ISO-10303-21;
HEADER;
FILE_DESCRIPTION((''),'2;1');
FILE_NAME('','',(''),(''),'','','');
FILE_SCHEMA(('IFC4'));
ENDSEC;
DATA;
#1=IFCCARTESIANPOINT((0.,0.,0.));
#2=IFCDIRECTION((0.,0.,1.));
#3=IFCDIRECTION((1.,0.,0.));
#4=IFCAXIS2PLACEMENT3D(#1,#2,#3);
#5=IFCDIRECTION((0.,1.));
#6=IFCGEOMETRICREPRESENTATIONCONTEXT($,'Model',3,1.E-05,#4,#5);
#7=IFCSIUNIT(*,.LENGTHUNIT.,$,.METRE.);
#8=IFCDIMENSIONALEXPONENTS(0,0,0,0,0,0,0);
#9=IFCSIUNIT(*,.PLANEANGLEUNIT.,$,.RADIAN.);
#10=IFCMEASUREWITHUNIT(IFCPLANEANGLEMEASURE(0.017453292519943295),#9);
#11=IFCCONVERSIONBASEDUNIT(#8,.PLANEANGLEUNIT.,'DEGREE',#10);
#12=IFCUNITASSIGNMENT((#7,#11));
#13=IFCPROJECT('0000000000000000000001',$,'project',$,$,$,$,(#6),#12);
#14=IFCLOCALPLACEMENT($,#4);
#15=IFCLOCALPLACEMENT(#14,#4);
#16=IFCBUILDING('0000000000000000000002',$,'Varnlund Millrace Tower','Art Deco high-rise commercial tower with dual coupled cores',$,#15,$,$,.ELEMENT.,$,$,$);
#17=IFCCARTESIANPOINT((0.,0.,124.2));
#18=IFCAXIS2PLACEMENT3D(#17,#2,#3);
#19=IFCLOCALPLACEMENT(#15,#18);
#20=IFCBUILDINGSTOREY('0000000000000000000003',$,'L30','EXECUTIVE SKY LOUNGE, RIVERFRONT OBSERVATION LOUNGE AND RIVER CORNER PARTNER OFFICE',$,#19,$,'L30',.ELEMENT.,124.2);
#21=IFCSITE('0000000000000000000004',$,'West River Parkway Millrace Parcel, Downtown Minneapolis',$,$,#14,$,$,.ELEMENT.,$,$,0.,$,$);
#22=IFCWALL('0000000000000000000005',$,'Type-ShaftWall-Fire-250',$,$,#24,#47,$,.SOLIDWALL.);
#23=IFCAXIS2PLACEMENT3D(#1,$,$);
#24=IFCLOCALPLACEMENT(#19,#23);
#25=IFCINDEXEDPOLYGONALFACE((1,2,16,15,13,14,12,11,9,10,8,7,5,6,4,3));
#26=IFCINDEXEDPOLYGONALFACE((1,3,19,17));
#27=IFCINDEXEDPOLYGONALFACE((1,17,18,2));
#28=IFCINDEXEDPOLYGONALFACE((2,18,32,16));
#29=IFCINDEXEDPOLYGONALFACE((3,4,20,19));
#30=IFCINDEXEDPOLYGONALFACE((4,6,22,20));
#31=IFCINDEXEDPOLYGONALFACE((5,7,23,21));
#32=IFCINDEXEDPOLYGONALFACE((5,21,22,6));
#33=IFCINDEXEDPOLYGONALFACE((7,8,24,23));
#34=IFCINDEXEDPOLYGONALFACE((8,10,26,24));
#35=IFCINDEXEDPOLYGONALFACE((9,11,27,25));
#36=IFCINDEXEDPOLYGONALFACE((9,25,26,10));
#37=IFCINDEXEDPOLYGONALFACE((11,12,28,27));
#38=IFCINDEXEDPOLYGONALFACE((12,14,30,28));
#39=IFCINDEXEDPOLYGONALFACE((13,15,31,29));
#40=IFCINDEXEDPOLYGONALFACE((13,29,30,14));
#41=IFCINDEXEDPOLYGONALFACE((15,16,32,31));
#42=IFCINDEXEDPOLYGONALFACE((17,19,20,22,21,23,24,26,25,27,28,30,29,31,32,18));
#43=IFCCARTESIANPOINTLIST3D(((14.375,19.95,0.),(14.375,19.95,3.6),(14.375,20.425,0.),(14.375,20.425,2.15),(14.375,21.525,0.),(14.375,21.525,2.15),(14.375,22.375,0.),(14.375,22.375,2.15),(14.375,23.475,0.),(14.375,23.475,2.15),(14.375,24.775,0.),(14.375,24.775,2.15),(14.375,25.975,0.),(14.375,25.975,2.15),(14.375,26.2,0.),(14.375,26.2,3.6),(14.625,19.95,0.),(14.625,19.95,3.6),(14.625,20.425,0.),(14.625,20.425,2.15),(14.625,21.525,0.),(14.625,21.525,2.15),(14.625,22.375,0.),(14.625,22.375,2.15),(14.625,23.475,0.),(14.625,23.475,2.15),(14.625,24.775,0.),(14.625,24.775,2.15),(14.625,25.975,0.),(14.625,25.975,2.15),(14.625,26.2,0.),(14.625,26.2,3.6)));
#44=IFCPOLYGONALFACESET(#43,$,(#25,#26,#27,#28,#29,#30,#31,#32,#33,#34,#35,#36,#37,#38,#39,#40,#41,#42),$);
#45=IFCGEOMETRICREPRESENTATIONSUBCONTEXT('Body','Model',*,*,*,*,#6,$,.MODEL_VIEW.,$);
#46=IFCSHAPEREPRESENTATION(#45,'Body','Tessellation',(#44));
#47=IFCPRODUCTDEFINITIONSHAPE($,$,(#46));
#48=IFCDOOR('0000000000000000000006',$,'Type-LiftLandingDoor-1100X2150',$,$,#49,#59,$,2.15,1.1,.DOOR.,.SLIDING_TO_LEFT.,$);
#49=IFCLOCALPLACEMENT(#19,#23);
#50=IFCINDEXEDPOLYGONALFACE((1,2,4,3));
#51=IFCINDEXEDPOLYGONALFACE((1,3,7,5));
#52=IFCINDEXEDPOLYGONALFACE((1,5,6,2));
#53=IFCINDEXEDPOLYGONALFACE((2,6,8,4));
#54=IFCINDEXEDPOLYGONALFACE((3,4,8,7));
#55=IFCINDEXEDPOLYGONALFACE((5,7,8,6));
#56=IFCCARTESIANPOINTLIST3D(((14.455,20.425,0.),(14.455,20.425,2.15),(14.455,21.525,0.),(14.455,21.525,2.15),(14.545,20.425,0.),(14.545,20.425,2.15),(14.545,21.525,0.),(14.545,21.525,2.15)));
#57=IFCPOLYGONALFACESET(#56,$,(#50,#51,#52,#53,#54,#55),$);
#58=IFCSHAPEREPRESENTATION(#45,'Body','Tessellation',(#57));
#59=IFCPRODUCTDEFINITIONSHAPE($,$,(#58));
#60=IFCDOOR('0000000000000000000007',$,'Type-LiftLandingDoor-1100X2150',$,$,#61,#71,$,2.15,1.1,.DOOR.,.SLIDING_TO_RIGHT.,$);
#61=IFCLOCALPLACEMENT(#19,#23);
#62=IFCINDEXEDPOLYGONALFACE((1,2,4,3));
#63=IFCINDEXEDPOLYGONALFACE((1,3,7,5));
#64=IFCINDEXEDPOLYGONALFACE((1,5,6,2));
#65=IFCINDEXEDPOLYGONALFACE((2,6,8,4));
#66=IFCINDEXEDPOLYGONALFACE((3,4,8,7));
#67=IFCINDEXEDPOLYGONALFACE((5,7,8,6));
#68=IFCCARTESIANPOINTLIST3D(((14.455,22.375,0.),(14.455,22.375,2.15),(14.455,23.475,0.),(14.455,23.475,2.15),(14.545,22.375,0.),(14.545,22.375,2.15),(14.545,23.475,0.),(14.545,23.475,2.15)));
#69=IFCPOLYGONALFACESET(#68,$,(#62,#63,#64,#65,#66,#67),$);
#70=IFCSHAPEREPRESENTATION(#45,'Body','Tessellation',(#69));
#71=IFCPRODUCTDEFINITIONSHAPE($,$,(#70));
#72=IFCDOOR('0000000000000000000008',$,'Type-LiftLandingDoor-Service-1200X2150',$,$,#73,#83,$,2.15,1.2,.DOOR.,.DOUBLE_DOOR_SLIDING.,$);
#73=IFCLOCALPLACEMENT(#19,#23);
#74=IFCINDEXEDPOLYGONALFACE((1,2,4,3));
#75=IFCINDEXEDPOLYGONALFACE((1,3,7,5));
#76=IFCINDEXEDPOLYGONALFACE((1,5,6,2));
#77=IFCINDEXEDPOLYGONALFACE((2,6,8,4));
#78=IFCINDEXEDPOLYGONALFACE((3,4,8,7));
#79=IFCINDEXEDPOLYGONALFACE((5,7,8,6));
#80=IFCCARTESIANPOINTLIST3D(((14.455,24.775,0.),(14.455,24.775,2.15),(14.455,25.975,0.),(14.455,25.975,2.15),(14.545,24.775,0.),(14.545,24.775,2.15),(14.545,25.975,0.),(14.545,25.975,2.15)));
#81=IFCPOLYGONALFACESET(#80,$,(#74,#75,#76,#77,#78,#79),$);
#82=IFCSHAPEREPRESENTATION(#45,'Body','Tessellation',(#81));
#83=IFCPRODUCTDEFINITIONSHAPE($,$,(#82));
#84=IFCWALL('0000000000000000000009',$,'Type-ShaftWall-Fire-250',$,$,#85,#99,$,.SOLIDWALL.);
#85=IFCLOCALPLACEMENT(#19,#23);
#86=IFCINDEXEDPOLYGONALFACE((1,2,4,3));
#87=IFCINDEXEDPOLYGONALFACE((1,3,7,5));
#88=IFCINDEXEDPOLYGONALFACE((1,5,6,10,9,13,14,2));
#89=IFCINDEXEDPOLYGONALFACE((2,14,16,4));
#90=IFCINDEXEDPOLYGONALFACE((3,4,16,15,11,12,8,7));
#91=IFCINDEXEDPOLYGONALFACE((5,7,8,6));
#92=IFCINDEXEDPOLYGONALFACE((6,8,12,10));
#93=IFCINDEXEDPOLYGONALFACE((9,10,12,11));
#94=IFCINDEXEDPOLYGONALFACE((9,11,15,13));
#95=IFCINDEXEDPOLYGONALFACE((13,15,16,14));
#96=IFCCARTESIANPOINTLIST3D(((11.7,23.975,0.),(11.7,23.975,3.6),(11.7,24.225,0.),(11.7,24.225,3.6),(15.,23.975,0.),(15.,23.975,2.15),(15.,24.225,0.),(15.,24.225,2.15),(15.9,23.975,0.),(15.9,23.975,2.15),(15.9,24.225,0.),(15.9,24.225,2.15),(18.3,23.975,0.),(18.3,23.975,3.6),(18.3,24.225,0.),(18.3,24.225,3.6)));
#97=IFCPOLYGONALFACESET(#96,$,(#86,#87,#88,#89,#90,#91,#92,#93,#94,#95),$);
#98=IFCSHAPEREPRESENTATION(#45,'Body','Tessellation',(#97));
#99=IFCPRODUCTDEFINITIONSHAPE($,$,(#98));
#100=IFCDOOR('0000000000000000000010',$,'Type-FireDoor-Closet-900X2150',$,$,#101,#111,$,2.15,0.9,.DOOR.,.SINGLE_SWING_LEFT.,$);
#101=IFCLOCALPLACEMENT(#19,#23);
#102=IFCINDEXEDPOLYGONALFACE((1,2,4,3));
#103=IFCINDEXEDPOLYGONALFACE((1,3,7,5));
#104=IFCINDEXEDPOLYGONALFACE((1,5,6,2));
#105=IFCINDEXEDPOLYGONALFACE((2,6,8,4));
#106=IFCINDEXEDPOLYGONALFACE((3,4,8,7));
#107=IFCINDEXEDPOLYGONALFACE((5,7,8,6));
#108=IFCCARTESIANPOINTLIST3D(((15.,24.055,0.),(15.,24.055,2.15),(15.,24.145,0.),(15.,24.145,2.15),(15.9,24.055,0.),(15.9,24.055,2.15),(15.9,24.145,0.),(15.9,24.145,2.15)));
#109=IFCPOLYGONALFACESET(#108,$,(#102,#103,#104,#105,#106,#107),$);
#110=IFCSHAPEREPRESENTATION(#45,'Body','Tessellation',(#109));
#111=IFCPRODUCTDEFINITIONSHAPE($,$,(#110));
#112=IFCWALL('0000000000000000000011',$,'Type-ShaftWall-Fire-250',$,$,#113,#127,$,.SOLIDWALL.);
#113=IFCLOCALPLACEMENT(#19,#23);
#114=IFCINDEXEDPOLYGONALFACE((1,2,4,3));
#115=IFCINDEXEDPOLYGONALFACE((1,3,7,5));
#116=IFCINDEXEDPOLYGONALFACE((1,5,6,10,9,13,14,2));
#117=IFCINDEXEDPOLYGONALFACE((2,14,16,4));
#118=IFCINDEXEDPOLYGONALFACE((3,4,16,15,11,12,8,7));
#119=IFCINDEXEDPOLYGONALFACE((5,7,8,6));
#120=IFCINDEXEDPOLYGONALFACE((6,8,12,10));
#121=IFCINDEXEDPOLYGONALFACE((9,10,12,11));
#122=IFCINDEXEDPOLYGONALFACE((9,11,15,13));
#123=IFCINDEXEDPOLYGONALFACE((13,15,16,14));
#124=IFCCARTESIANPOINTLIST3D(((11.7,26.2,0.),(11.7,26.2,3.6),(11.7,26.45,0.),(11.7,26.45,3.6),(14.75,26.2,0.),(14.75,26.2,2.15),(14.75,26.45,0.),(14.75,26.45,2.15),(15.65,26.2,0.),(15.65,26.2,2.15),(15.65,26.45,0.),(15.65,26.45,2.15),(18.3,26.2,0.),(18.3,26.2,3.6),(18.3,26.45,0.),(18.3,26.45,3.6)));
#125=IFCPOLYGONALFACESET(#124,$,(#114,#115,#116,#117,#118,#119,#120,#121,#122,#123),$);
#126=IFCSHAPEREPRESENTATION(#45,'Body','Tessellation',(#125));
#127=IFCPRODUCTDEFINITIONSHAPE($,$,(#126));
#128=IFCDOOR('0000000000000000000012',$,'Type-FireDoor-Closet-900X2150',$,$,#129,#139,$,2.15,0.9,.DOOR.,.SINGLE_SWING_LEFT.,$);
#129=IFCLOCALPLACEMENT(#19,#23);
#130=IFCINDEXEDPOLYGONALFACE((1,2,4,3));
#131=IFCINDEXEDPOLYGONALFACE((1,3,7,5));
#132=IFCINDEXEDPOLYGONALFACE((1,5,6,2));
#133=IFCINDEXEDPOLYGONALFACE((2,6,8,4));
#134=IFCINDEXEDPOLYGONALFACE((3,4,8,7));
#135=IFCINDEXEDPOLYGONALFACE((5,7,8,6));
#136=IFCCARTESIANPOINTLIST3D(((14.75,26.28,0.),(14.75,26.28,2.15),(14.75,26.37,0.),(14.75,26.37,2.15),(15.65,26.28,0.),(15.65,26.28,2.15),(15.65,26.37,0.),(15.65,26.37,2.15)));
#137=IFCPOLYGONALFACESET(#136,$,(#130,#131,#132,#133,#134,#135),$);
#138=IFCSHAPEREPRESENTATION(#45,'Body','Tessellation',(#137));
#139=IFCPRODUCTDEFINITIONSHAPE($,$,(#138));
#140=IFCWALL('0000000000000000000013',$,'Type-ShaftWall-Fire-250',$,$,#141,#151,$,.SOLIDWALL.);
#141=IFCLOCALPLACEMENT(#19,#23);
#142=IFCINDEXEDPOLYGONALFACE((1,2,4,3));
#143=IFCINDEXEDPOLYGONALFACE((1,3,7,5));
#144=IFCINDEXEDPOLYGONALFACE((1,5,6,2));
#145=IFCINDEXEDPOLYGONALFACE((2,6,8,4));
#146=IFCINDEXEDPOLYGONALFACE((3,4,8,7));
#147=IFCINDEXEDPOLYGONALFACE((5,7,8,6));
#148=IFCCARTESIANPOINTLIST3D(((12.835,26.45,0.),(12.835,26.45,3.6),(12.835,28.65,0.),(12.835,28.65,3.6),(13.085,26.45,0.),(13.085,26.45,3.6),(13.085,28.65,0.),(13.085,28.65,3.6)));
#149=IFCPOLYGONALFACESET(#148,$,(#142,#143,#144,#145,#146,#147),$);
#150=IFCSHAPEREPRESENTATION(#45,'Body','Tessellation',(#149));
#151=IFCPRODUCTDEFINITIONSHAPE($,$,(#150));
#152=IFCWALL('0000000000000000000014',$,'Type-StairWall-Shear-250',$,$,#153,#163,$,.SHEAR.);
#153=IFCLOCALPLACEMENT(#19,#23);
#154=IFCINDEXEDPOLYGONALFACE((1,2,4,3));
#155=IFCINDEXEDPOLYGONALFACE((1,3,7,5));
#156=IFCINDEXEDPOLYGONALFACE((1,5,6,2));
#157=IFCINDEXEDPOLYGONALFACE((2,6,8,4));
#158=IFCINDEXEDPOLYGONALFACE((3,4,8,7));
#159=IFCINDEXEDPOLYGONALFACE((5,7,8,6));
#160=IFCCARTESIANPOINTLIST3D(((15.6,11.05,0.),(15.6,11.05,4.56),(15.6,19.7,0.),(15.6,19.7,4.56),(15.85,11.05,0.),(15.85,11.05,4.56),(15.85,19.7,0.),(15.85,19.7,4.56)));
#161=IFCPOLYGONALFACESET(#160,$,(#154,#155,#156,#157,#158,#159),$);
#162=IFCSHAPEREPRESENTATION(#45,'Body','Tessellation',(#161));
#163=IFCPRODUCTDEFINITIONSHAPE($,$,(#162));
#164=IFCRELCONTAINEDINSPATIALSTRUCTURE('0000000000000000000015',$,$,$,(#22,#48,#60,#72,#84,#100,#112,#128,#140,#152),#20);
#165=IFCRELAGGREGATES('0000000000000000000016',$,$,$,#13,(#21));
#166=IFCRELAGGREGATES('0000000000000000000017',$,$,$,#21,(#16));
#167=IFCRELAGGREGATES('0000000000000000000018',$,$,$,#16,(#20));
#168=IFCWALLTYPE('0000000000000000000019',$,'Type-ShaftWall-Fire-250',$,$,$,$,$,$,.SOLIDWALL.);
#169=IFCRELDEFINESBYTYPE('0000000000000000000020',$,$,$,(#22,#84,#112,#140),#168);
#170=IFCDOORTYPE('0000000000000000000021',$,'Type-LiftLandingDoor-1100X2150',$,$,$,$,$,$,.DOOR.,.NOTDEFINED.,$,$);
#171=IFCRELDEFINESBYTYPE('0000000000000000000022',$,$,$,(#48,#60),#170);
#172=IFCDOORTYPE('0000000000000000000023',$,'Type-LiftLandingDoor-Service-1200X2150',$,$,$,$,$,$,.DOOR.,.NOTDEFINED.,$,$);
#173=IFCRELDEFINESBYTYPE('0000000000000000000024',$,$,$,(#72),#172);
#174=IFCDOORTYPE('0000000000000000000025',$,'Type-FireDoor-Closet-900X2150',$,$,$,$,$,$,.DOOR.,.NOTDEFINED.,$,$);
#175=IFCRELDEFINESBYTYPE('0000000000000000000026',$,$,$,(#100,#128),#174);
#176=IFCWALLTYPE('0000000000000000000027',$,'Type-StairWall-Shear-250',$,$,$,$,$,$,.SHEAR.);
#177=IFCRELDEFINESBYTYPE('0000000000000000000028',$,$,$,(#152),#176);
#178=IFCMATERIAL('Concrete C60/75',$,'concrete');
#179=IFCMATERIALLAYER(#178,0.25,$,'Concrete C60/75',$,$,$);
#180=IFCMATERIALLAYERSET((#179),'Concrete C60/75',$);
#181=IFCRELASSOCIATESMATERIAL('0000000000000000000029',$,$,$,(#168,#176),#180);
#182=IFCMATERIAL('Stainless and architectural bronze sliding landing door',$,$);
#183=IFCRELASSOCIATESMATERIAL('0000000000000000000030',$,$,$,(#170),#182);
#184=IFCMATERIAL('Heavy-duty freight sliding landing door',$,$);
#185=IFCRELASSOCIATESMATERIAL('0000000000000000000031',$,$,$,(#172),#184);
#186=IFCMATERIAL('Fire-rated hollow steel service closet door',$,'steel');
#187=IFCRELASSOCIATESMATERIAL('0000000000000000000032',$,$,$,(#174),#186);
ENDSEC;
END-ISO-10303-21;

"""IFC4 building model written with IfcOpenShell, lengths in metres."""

from ifc_helpers import new_model, entity, si_unit, converted_unit, direction, frame, origin_with_axes, origin_2d_with_axis, place, context, subcontext, project, spatial, polyline, rectangle, outline, extrude, material, layer, layer_set, type_object, element, fill, save


model = new_model("IFC4")

# Units and contexts
model_context = context("Model", 3, precision=1e-05, world=origin_with_axes(), true_north=direction((0.0, 1.0)))
body_context = subcontext(model_context, "Body", "Model", "MODEL_VIEW")
ifc_project = project(units=[si_unit("LENGTHUNIT", "METRE"), converted_unit("PLANEANGLEUNIT", "DEGREE", entity("IfcPlaneAngleMeasure", 0.017453292519943295), si_unit("PLANEANGLEUNIT", "RADIAN"), dimensions=[0, 0, 0, 0, 0, 0, 0])], contexts=[model_context])

# Site, building, storey
site_placement = place(None, origin_with_axes())
site = spatial("IfcSite", under=ifc_project, at=site_placement, Name="West River Parkway Millrace Parcel, Downtown Minneapolis", CompositionType="ELEMENT", RefElevation=0.0)
building_placement = place(site_placement, origin_with_axes())
building = spatial("IfcBuilding", under=site, at=building_placement, Name="Varnlund Millrace Tower", Description="Art Deco high-rise commercial tower with dual coupled cores", CompositionType="ELEMENT")
storey_placement = place(building_placement, frame((0.0, 0.0, 124.2), z_axis=(0.0, 0.0, 1.0), x_axis=(1.0, 0.0, 0.0)))
storey = spatial("IfcBuildingStorey", under=building, at=storey_placement, Name="L30", Description="EXECUTIVE SKY LOUNGE, RIVERFRONT OBSERVATION LOUNGE AND RIVER CORNER PARTNER OFFICE", LongName="L30", CompositionType="ELEMENT", Elevation=124.2)

# Wall, openings, doors
ifc_material_1 = material(Name="Concrete C60/75", Category="concrete")
ifc_layer = layer(ifc_material_1, 0.25, Name="Concrete C60/75")
ifc_layer_set = layer_set([ifc_layer], Name="Concrete C60/75")
wall_type_1 = type_object("IfcWallType", Name="Type-ShaftWall-Fire-250", PredefinedType="SOLIDWALL", material=ifc_layer_set)
wall_1_placement = place(storey_placement, frame((14.5, 19.95, 0.0), z_axis=(0.0, 0.0, 1.0), x_axis=(0.0, 1.0, 0.0)))
wall_1 = element("IfcWall", 1, at=wall_1_placement, inside=storey, type_object=wall_type_1, Name="Type-ShaftWall-Fire-250", PredefinedType="SOLIDWALL", context=body_context, shape_type="SweptSolid", body=[
    extrude(outline(polyline([(0.0, -0.125), (6.25, -0.125), (6.25, 0.125), (0.0, 0.125), (0.0, -0.125)])), origin_with_axes(), (0.0, 0.0, 1.0), 3.6),
])
opening_1_placement = place(wall_1_placement, frame((1.025, 0.0, 0.0), z_axis=(0.0, 0.0, 1.0), x_axis=(1.0, 0.0, 0.0)))
opening_1 = element("IfcOpeningElement", 2, at=opening_1_placement, cuts=wall_1, PredefinedType="OPENING", context=body_context, shape_type="SweptSolid", body=[
    extrude(rectangle(XDim=1.1, YDim=0.27, at=origin_2d_with_axis()), origin_with_axes(), (0.0, 0.0, 1.0), 2.15),
])
opening_2_placement = place(wall_1_placement, frame((2.975, 0.0, 0.0), z_axis=(0.0, 0.0, 1.0), x_axis=(1.0, 0.0, 0.0)))
opening_2 = element("IfcOpeningElement", 3, at=opening_2_placement, cuts=wall_1, PredefinedType="OPENING", context=body_context, shape_type="SweptSolid", body=[
    extrude(rectangle(XDim=1.1, YDim=0.27, at=origin_2d_with_axis()), origin_with_axes(), (0.0, 0.0, 1.0), 2.15),
])
opening_3_placement = place(wall_1_placement, frame((5.425, 0.0, 0.0), z_axis=(0.0, 0.0, 1.0), x_axis=(1.0, 0.0, 0.0)))
opening_3 = element("IfcOpeningElement", 4, at=opening_3_placement, cuts=wall_1, PredefinedType="OPENING", context=body_context, shape_type="SweptSolid", body=[
    extrude(rectangle(XDim=1.2, YDim=0.27, at=origin_2d_with_axis()), origin_with_axes(), (0.0, 0.0, 1.0), 2.15),
])
ifc_material_2 = material(Name="Stainless and architectural bronze sliding landing door")
door_type_1 = type_object("IfcDoorType", Name="Type-LiftLandingDoor-1100X2150", OperationType="NOTDEFINED", PredefinedType="DOOR", material=ifc_material_2)
door_1_placement = place(wall_1_placement, frame((1.025, 0.0, 0.0), z_axis=(0.0, 0.0, 1.0), x_axis=(1.0, 0.0, 0.0)))
door_1 = element("IfcDoor", 5, at=door_1_placement, inside=storey, type_object=door_type_1, Name="Type-LiftLandingDoor-1100X2150", OperationType="SLIDING_TO_LEFT", OverallHeight=2.15, OverallWidth=1.1, PredefinedType="DOOR", context=body_context, shape_type="SweptSolid", body=[
    extrude(rectangle(XDim=1.1, YDim=0.09, at=origin_2d_with_axis()), origin_with_axes(), (0.0, 0.0, 1.0), 2.15),
])
fill(opening_1, door_1)
door_2_placement = place(wall_1_placement, frame((2.975, 0.0, 0.0), z_axis=(0.0, 0.0, 1.0), x_axis=(1.0, 0.0, 0.0)))
door_2 = element("IfcDoor", 6, at=door_2_placement, inside=storey, type_object=door_type_1, Name="Type-LiftLandingDoor-1100X2150", OperationType="SLIDING_TO_RIGHT", OverallHeight=2.15, OverallWidth=1.1, PredefinedType="DOOR", context=body_context, shape_type="SweptSolid", body=[
    extrude(rectangle(XDim=1.1, YDim=0.09, at=origin_2d_with_axis()), origin_with_axes(), (0.0, 0.0, 1.0), 2.15),
])
fill(opening_2, door_2)
ifc_material_3 = material(Name="Heavy-duty freight sliding landing door")
door_type_2 = type_object("IfcDoorType", Name="Type-LiftLandingDoor-Service-1200X2150", OperationType="NOTDEFINED", PredefinedType="DOOR", material=ifc_material_3)
door_3_placement = place(wall_1_placement, frame((5.425, 0.0, 0.0), z_axis=(0.0, 0.0, 1.0), x_axis=(1.0, 0.0, 0.0)))
door_3 = element("IfcDoor", 7, at=door_3_placement, inside=storey, type_object=door_type_2, Name="Type-LiftLandingDoor-Service-1200X2150", OperationType="DOUBLE_DOOR_SLIDING", OverallHeight=2.15, OverallWidth=1.2, PredefinedType="DOOR", context=body_context, shape_type="SweptSolid", body=[
    extrude(rectangle(XDim=1.2, YDim=0.09, at=origin_2d_with_axis()), origin_with_axes(), (0.0, 0.0, 1.0), 2.15),
])
fill(opening_3, door_3)

# Walls, openings, doors
wall_2_placement = place(storey_placement, frame((11.7, 24.1, 0.0), z_axis=(0.0, 0.0, 1.0), x_axis=(1.0, 0.0, 0.0)))
wall_2 = element("IfcWall", 8, at=wall_2_placement, inside=storey, type_object=wall_type_1, Name="Type-ShaftWall-Fire-250", PredefinedType="SOLIDWALL", context=body_context, shape_type="SweptSolid", body=[
    extrude(outline(polyline([(0.0, -0.125), (6.6, -0.125), (6.6, 0.125), (0.0, 0.125), (0.0, -0.125)])), origin_with_axes(), (0.0, 0.0, 1.0), 3.6),
])
opening_4_placement = place(wall_2_placement, frame((3.75, 0.0, 0.0), z_axis=(0.0, 0.0, 1.0), x_axis=(1.0, 0.0, 0.0)))
opening_4 = element("IfcOpeningElement", 9, at=opening_4_placement, cuts=wall_2, PredefinedType="OPENING", context=body_context, shape_type="SweptSolid", body=[
    extrude(rectangle(XDim=0.9, YDim=0.27, at=origin_2d_with_axis()), origin_with_axes(), (0.0, 0.0, 1.0), 2.15),
])
ifc_material_4 = material(Name="Fire-rated hollow steel service closet door", Category="steel")
door_type_3 = type_object("IfcDoorType", Name="Type-FireDoor-Closet-900X2150", OperationType="NOTDEFINED", PredefinedType="DOOR", material=ifc_material_4)
door_4_placement = place(wall_2_placement, frame((3.75, 0.0, 0.0), z_axis=(0.0, 0.0, 1.0), x_axis=(1.0, 0.0, 0.0)))
door_4 = element("IfcDoor", 10, at=door_4_placement, inside=storey, type_object=door_type_3, Name="Type-FireDoor-Closet-900X2150", OperationType="SINGLE_SWING_LEFT", OverallHeight=2.15, OverallWidth=0.9, PredefinedType="DOOR", context=body_context, shape_type="SweptSolid", body=[
    extrude(rectangle(XDim=0.9, YDim=0.09, at=origin_2d_with_axis()), origin_with_axes(), (0.0, 0.0, 1.0), 2.15),
])
fill(opening_4, door_4)
wall_3_placement = place(storey_placement, frame((11.7, 26.325, 0.0), z_axis=(0.0, 0.0, 1.0), x_axis=(1.0, 0.0, 0.0)))
wall_3 = element("IfcWall", 11, at=wall_3_placement, inside=storey, type_object=wall_type_1, Name="Type-ShaftWall-Fire-250", PredefinedType="SOLIDWALL", context=body_context, shape_type="SweptSolid", body=[
    extrude(outline(polyline([(0.0, -0.125), (6.6, -0.125), (6.6, 0.125), (0.0, 0.125), (0.0, -0.125)])), origin_with_axes(), (0.0, 0.0, 1.0), 3.6),
])
opening_5_placement = place(wall_3_placement, frame((3.5, 0.0, 0.0), z_axis=(0.0, 0.0, 1.0), x_axis=(1.0, 0.0, 0.0)))
opening_5 = element("IfcOpeningElement", 12, at=opening_5_placement, cuts=wall_3, PredefinedType="OPENING", context=body_context, shape_type="SweptSolid", body=[
    extrude(rectangle(XDim=0.9, YDim=0.27, at=origin_2d_with_axis()), origin_with_axes(), (0.0, 0.0, 1.0), 2.15),
])
door_5_placement = place(wall_3_placement, frame((3.5, 0.0, 0.0), z_axis=(0.0, 0.0, 1.0), x_axis=(1.0, 0.0, 0.0)))
door_5 = element("IfcDoor", 13, at=door_5_placement, inside=storey, type_object=door_type_3, Name="Type-FireDoor-Closet-900X2150", OperationType="SINGLE_SWING_LEFT", OverallHeight=2.15, OverallWidth=0.9, PredefinedType="DOOR", context=body_context, shape_type="SweptSolid", body=[
    extrude(rectangle(XDim=0.9, YDim=0.09, at=origin_2d_with_axis()), origin_with_axes(), (0.0, 0.0, 1.0), 2.15),
])
fill(opening_5, door_5)

# Walls
wall_4_placement = place(storey_placement, frame((12.96, 26.45, 0.0), z_axis=(0.0, 0.0, 1.0), x_axis=(0.0, 1.0, 0.0)))
element("IfcWall", 14, at=wall_4_placement, inside=storey, type_object=wall_type_1, Name="Type-ShaftWall-Fire-250", PredefinedType="SOLIDWALL", context=body_context, shape_type="SweptSolid", body=[
    extrude(outline(polyline([(0.0, -0.125), (2.2, -0.125), (2.2, 0.125), (0.0, 0.125), (0.0, -0.125)])), origin_with_axes(), (0.0, 0.0, 1.0), 3.6),
])
wall_type_2 = type_object("IfcWallType", Name="Type-StairWall-Shear-250", PredefinedType="SHEAR", material=ifc_layer_set)
wall_5_placement = place(storey_placement, frame((15.725, 11.05, 0.0), z_axis=(0.0, 0.0, 1.0), x_axis=(0.0, 1.0, 0.0)))
element("IfcWall", 15, at=wall_5_placement, inside=storey, type_object=wall_type_2, Name="Type-StairWall-Shear-250", PredefinedType="SHEAR", context=body_context, shape_type="SweptSolid", body=[
    extrude(outline(polyline([(0.0, -0.125), (8.65, -0.125), (8.65, 0.125), (0.0, 0.125), (0.0, -0.125)])), origin_with_axes(), (0.0, 0.0, 1.0), 4.56),
])

save(model, "model.ifc")
